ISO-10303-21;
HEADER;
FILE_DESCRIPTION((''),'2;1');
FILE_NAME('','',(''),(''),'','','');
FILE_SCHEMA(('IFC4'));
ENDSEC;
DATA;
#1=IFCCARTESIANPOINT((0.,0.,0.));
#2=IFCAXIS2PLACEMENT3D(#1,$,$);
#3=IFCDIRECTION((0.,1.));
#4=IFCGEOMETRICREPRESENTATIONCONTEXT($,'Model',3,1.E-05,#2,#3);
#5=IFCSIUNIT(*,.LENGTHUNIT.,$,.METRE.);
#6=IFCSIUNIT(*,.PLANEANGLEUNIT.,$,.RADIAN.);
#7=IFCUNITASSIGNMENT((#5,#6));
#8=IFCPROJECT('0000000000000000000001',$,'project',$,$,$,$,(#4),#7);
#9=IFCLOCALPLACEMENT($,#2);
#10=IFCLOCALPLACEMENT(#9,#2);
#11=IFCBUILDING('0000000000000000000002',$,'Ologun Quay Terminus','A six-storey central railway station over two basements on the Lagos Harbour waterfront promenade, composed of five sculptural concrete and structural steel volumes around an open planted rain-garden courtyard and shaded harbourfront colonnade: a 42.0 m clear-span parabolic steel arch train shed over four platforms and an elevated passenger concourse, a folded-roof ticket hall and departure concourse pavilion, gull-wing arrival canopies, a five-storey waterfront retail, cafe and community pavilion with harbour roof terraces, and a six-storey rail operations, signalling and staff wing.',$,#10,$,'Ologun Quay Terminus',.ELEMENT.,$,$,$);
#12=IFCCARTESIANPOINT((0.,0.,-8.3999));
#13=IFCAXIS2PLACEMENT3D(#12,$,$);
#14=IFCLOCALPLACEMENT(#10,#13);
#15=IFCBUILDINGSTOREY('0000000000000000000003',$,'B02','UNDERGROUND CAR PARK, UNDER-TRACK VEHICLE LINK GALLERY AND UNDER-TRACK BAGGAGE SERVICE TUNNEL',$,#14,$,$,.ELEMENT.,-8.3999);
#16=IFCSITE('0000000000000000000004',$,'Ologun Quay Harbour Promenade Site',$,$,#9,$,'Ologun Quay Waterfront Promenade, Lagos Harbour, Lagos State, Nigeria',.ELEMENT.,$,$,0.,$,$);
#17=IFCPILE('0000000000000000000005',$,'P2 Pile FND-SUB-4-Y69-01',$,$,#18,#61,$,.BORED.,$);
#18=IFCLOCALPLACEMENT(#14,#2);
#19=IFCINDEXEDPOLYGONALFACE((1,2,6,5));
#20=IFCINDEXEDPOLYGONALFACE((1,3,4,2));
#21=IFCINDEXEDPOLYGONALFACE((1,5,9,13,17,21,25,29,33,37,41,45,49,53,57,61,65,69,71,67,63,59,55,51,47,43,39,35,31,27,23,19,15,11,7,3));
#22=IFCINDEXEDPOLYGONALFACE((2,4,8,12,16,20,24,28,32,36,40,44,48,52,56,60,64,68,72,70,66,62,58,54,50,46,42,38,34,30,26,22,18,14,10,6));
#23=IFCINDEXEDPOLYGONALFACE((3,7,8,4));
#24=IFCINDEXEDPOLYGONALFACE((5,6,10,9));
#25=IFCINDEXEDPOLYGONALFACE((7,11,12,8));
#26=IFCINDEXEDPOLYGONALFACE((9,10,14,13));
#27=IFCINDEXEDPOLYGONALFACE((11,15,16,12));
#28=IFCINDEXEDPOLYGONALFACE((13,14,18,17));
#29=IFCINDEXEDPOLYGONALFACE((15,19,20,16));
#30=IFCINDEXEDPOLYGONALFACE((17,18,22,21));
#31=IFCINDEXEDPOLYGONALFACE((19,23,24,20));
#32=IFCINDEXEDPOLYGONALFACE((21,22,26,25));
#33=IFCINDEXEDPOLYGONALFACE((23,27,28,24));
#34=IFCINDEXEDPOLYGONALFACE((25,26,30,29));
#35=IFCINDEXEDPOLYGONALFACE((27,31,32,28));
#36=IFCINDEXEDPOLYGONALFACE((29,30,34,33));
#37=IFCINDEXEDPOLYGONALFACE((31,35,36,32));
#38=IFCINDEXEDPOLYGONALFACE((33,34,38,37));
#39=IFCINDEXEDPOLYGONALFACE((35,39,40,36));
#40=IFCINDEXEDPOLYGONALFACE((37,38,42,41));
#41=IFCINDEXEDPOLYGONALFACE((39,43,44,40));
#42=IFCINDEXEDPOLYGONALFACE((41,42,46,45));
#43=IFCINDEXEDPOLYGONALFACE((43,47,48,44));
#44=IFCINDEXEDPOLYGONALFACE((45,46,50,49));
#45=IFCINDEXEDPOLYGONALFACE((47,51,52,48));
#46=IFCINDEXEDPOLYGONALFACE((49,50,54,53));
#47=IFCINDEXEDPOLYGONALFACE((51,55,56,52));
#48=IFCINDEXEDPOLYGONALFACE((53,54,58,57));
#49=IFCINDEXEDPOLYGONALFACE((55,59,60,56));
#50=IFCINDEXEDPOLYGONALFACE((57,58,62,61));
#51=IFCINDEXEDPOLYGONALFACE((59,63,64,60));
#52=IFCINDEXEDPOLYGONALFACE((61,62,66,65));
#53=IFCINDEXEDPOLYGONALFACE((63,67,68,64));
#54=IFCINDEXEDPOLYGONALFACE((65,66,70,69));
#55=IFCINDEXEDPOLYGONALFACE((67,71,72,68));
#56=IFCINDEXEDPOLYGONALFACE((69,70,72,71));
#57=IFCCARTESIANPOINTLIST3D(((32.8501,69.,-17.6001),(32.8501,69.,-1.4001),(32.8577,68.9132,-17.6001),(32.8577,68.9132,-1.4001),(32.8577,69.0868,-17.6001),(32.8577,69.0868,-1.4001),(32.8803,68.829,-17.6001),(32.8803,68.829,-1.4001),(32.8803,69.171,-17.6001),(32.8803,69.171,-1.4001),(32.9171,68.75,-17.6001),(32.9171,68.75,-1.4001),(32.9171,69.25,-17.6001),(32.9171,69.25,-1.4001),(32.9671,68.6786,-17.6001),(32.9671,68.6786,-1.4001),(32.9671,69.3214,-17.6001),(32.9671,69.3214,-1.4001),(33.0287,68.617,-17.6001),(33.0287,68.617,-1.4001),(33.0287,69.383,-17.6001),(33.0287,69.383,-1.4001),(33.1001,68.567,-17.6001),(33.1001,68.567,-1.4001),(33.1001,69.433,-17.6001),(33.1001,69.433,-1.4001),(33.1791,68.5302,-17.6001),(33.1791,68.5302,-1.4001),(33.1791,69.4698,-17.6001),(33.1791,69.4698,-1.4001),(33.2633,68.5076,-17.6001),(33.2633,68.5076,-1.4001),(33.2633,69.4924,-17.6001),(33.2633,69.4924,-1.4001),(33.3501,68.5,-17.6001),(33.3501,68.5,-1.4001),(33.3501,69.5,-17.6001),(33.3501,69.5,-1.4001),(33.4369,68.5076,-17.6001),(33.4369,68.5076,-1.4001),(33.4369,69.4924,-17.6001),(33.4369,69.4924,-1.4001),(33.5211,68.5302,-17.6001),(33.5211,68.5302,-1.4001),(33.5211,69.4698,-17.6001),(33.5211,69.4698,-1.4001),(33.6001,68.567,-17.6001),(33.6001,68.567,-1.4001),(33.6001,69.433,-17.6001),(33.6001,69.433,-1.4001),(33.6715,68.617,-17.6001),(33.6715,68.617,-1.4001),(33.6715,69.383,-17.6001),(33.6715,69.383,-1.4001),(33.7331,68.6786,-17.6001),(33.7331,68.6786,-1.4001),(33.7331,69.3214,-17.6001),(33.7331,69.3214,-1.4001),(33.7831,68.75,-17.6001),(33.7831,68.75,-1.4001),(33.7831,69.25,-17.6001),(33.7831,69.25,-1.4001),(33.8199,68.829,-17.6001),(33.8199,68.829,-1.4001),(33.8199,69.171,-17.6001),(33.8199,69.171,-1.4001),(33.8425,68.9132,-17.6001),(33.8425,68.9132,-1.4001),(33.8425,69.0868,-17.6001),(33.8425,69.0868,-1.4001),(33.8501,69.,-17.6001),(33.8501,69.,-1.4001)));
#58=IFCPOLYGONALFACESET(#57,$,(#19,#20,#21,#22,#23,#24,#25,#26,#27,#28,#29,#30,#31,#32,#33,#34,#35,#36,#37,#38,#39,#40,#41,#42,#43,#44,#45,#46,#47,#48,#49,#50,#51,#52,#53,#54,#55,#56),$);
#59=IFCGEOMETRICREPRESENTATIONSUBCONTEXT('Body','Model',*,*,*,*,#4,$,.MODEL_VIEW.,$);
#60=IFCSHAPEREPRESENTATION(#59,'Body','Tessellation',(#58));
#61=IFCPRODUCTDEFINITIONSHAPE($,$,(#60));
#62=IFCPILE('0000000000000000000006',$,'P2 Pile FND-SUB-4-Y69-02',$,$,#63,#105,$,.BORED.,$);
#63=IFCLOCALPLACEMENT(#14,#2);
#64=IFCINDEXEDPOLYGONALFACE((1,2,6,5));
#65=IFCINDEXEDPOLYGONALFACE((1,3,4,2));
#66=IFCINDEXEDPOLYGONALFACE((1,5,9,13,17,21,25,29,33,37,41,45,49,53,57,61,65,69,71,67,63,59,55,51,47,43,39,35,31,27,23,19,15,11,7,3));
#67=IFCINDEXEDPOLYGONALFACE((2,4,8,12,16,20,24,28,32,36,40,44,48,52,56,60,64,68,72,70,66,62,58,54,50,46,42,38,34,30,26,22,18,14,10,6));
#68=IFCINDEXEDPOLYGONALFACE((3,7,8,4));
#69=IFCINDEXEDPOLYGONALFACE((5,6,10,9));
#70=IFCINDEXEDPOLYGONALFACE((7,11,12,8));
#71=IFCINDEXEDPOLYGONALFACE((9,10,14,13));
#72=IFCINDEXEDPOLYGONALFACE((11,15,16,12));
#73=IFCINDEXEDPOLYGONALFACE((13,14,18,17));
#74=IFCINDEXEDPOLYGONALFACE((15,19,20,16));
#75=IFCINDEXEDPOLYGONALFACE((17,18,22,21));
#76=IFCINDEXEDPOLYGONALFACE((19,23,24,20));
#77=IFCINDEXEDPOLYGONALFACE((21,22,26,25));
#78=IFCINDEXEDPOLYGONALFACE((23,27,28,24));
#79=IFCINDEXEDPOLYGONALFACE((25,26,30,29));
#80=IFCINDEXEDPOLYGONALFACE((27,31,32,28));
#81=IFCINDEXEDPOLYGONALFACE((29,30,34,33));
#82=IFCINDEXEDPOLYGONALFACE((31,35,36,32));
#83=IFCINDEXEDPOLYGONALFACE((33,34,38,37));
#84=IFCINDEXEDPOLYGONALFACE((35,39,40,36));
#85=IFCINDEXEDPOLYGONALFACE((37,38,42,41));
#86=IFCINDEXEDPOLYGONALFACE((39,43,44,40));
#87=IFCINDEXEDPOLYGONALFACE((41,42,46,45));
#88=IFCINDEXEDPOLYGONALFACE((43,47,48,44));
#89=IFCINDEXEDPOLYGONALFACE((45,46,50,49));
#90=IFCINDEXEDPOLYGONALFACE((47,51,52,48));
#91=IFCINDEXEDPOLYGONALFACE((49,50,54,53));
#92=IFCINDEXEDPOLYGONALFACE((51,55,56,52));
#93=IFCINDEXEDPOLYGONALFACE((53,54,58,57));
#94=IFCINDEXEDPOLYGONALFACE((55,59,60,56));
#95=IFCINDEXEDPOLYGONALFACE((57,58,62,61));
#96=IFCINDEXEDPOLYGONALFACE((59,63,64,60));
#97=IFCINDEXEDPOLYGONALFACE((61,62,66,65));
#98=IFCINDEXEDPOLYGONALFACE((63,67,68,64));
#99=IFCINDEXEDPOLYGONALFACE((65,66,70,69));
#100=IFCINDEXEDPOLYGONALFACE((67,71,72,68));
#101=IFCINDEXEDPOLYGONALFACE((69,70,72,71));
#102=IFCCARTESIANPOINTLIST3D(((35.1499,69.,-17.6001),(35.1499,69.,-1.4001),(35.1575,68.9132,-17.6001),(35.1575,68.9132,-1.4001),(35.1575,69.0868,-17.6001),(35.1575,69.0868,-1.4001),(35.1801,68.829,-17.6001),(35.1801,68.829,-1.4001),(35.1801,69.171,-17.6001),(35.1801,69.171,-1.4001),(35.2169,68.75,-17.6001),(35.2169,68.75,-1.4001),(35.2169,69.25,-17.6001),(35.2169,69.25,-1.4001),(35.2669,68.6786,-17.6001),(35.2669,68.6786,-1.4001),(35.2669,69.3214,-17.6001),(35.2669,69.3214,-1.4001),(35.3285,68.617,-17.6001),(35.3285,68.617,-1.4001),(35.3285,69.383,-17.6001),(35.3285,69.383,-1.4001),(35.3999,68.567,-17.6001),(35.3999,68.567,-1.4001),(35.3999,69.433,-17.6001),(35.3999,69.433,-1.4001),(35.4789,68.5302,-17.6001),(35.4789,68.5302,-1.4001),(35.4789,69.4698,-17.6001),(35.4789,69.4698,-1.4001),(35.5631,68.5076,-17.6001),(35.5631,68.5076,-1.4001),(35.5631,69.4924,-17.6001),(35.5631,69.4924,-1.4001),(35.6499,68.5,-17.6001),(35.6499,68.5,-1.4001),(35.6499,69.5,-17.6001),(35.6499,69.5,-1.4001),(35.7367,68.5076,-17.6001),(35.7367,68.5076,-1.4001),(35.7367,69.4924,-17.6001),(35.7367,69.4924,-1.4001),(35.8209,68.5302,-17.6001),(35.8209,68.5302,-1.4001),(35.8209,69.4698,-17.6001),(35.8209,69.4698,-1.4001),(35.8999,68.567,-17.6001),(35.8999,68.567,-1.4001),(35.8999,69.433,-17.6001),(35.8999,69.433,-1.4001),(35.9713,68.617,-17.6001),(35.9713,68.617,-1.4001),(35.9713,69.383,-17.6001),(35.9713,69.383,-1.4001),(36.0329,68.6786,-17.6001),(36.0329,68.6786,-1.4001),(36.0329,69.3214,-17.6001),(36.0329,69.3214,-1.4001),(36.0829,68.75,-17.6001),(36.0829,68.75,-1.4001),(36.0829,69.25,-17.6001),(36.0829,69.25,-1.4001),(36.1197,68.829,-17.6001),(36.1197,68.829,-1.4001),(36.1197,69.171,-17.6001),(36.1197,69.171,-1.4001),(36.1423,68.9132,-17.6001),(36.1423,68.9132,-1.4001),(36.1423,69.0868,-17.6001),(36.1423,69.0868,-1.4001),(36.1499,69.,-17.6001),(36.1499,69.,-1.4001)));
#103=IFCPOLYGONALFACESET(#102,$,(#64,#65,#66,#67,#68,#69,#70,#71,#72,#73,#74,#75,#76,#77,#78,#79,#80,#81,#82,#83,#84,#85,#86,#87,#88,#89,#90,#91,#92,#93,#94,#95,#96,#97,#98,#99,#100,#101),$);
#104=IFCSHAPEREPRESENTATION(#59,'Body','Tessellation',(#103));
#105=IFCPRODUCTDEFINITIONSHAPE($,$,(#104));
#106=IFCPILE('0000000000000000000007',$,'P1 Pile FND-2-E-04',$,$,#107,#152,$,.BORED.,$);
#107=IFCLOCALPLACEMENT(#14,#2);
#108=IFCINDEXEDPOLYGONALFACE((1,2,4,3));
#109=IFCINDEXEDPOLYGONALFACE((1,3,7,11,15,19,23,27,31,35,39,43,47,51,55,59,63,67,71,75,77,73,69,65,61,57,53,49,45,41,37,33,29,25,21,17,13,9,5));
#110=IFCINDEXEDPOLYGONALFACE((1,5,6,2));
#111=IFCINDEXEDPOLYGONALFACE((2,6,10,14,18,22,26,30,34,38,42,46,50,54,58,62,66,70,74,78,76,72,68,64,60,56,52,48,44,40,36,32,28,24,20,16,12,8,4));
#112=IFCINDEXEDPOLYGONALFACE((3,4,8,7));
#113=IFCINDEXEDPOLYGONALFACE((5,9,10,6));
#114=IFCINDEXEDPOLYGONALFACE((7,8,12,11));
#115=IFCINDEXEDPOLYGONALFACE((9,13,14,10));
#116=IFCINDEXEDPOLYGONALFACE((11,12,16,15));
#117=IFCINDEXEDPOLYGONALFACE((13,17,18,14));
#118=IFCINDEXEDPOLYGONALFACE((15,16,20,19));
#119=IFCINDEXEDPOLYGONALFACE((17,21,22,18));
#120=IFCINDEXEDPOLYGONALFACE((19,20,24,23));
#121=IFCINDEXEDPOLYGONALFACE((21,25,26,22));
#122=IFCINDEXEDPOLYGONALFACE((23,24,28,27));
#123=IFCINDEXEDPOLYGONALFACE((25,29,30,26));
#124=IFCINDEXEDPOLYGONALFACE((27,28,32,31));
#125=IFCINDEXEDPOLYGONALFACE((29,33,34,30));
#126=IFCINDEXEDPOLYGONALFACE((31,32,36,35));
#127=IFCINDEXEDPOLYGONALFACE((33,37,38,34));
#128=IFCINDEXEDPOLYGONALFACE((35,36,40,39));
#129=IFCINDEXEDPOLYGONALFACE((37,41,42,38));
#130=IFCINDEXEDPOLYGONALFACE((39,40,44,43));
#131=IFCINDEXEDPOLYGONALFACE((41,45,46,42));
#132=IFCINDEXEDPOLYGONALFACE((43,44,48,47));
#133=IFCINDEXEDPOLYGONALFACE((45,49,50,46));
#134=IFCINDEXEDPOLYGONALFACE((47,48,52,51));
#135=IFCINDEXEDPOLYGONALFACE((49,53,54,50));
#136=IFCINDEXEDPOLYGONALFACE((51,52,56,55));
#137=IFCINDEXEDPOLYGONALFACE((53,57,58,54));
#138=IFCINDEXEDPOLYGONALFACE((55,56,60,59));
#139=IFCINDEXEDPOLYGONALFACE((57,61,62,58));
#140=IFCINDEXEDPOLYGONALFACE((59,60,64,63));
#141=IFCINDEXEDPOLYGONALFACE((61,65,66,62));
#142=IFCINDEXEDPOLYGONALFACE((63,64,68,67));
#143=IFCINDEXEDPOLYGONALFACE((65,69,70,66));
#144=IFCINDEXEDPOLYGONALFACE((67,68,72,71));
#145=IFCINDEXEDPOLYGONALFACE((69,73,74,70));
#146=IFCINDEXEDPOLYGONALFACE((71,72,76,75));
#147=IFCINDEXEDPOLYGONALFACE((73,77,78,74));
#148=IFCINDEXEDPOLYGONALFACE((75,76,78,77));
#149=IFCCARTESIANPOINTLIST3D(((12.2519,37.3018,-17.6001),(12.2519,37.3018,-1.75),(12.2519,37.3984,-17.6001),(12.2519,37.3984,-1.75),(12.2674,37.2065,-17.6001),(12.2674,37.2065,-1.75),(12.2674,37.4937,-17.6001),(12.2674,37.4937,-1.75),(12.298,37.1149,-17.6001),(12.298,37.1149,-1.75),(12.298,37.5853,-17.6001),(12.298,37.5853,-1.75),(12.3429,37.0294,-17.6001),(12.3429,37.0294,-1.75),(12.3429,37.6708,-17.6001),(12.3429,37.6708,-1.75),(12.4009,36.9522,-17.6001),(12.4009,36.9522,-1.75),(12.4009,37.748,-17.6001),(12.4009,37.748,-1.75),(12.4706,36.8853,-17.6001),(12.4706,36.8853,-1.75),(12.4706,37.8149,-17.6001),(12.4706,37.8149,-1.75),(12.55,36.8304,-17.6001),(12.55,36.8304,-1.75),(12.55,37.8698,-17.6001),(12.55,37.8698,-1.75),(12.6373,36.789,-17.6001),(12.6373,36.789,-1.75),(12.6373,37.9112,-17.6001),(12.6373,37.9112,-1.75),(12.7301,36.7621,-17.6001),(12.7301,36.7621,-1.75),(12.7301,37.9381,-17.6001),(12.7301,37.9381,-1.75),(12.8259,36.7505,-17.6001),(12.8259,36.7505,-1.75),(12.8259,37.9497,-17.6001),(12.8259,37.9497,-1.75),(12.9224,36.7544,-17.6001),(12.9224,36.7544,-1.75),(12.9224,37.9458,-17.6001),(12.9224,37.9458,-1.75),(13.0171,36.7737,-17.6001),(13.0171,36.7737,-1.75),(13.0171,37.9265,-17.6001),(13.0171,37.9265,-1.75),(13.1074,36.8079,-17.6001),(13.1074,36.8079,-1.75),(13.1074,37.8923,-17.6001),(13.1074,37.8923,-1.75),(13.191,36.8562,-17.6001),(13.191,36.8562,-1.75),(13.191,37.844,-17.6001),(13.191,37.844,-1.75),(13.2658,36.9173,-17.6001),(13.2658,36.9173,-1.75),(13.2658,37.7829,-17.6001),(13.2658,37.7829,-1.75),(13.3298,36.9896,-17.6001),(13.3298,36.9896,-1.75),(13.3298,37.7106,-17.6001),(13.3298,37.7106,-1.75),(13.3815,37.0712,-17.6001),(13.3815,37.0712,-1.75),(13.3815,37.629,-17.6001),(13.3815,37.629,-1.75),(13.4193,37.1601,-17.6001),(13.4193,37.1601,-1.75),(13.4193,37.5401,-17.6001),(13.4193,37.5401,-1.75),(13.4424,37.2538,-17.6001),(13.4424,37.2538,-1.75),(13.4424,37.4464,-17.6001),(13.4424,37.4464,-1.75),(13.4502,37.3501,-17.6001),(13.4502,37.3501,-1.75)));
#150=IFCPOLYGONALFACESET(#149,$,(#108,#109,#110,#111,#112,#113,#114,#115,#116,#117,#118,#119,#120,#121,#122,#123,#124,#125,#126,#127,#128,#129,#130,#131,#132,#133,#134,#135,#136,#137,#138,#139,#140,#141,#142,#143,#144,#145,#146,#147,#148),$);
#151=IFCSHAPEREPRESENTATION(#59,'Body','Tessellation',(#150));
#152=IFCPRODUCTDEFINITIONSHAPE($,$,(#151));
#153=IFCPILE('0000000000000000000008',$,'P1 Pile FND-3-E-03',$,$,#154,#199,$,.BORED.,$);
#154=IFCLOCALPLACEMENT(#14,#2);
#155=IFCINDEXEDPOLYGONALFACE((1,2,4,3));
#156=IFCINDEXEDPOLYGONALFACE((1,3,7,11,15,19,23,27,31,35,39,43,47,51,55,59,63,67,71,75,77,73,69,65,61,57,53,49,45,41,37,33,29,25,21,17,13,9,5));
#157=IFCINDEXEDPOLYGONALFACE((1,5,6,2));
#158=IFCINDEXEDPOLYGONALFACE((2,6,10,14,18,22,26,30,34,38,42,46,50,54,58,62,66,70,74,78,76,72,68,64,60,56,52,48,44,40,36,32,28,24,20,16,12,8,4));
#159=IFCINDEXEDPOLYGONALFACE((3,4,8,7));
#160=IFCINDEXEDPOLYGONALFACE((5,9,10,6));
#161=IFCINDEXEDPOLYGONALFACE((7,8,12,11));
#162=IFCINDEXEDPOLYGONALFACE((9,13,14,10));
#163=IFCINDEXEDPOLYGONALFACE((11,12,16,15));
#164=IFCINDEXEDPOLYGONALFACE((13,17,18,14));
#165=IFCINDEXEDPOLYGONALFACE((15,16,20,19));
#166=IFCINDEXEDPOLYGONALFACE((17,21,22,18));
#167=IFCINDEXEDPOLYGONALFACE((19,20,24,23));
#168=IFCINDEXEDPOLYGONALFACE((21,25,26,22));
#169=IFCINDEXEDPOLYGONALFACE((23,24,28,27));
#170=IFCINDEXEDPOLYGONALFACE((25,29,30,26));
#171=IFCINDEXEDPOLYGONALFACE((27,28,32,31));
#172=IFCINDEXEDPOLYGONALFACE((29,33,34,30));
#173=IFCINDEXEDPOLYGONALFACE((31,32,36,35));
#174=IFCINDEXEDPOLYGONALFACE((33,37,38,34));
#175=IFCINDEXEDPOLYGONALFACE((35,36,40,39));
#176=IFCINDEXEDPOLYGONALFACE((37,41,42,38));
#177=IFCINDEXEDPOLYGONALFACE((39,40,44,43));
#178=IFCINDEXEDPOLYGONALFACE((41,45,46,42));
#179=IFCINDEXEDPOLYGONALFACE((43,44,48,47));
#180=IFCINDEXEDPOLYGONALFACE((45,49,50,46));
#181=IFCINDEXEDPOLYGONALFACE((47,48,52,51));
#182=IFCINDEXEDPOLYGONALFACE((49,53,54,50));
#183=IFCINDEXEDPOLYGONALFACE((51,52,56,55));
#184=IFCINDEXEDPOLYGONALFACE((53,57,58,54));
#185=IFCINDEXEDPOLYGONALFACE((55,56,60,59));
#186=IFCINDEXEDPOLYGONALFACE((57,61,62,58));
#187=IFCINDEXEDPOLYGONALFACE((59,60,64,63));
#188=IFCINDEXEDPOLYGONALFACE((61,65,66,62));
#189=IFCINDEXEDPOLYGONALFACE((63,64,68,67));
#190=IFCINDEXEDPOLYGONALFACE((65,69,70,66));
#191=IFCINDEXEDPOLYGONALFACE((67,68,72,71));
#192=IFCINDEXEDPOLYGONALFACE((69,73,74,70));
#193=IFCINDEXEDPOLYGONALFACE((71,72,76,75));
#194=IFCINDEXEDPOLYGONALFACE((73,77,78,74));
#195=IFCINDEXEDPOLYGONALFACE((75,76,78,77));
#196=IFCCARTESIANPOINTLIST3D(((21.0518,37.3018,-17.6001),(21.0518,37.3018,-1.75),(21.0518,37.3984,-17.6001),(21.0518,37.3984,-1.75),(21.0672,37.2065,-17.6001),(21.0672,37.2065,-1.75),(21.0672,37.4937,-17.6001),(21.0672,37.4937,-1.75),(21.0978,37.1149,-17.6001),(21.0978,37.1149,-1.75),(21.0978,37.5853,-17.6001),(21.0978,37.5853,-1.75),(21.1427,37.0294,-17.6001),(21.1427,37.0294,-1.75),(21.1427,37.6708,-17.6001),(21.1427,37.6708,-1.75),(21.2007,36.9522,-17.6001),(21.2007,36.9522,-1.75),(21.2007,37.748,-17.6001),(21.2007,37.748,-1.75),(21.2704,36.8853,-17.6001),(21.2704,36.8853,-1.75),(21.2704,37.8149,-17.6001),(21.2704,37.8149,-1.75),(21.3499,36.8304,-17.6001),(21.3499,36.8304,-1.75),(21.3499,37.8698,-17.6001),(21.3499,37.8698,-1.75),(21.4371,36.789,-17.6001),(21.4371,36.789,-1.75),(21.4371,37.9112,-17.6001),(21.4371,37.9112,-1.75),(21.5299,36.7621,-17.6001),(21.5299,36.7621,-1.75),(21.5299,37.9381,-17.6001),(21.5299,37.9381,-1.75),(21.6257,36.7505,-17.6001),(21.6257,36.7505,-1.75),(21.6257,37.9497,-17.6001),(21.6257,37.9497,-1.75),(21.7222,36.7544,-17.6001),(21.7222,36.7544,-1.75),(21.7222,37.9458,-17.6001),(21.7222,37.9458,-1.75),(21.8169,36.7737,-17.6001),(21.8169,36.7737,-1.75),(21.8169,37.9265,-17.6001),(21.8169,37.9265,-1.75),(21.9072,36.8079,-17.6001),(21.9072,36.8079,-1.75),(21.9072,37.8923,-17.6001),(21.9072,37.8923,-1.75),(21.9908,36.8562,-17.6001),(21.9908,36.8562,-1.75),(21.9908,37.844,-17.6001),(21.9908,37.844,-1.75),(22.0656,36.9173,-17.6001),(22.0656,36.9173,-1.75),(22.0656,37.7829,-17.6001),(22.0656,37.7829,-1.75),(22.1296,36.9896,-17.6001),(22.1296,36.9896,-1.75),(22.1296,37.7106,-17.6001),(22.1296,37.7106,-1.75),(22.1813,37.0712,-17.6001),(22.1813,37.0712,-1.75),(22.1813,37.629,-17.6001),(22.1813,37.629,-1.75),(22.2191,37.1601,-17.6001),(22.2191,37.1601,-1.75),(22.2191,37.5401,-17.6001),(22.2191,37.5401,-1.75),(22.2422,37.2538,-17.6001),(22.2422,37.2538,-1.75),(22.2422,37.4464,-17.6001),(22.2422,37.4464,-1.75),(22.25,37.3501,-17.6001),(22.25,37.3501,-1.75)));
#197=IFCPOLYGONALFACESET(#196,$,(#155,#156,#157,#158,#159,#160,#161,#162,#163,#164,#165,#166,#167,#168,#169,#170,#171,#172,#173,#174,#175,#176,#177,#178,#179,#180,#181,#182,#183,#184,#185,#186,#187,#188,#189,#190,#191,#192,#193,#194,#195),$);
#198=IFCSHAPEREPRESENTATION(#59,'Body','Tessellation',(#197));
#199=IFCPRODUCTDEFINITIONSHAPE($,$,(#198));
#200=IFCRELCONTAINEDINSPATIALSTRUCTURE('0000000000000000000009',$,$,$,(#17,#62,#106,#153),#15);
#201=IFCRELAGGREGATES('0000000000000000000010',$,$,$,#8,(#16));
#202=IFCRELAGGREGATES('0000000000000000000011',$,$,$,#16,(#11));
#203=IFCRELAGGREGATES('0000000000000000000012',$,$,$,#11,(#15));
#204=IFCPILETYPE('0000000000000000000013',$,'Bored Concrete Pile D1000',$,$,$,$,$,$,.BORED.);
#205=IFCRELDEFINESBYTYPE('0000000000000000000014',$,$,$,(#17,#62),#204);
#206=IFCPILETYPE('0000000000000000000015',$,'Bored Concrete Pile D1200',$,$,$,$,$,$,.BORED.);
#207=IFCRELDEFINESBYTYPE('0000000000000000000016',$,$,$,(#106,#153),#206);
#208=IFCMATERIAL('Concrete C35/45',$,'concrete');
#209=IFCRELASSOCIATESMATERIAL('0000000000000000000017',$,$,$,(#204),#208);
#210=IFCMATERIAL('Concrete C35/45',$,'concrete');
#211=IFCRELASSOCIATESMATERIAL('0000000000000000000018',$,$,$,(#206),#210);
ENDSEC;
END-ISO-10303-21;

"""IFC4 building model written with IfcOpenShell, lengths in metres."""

from ifc_helpers import new_model, si_unit, direction, frame, origin, origin_2d, place, context, subcontext, project, spatial, circle, extrude, material, material_profile, profile_set, type_object, element, save


model = new_model("IFC4")

# Units and contexts
model_context = context("Model", 3, precision=1e-05, world=origin(), true_north=direction((0.0, 1.0)))
body_context = subcontext(model_context, "Body", "Model", "MODEL_VIEW")
ifc_project = project(units=[si_unit("LENGTHUNIT", "METRE"), si_unit("PLANEANGLEUNIT", "RADIAN")], contexts=[model_context])

# Site, building, storey
site_placement = place(None, origin())
site = spatial("IfcSite", under=ifc_project, at=site_placement, Name="Ologun Quay Harbour Promenade Site", LongName="Ologun Quay Waterfront Promenade, Lagos Harbour, Lagos State, Nigeria", CompositionType="ELEMENT", RefElevation=0.0)
building_placement = place(site_placement, origin())
building = spatial("IfcBuilding", under=site, at=building_placement, Name="Ologun Quay Terminus", Description="A six-storey central railway station over two basements on the Lagos Harbour waterfront promenade, composed of five sculptural concrete and structural steel volumes around an open planted rain-garden courtyard and shaded harbourfront colonnade: a 42.0 m clear-span parabolic steel arch train shed over four platforms and an elevated passenger concourse, a folded-roof ticket hall and departure concourse pavilion, gull-wing arrival canopies, a five-storey waterfront retail, cafe and community pavilion with harbour roof terraces, and a six-storey rail operations, signalling and staff wing.", LongName="Ologun Quay Terminus", CompositionType="ELEMENT")
storey_placement = place(building_placement, frame((0.0, 0.0, -8.3999)))
storey = spatial("IfcBuildingStorey", under=building, at=storey_placement, Name="B02", Description="UNDERGROUND CAR PARK, UNDER-TRACK VEHICLE LINK GALLERY AND UNDER-TRACK BAGGAGE SERVICE TUNNEL", CompositionType="ELEMENT", Elevation=-8.3999)

# Piles
ifc_material_1 = material(Name="Concrete C35/45", Category="concrete")
ifc_material_profile_1 = material_profile(ifc_material_1, circle(Radius=0.5, at=origin_2d()), Name="PILE D1000")
ifc_profile_set_1 = profile_set([ifc_material_profile_1], Name="Concrete C35/45")
pile_type_1 = type_object("IfcPileType", Name="Bored Concrete Pile D1000", PredefinedType="BORED", material=ifc_profile_set_1)
for number, where, z_axis, x_axis, name in (
    (1, (33.3501, 69.0, -1.4001), (0.0, 0.0, -1.0), (1.0, 0.0, 0.0), "P2 Pile FND-SUB-4-Y69-01"),
    (2, (35.6499, 69.0, -1.4001), (0.0, 0.0, -1.0), (1.0, 0.0, 0.0), "P2 Pile FND-SUB-4-Y69-02"),
):
    element("IfcPile", number, at=place(storey_placement, frame(where, z_axis=z_axis, x_axis=x_axis)), inside=storey, type_object=pile_type_1, Name=name, PredefinedType="BORED", context=body_context, shape_type="SweptSolid", body=[
        extrude(circle(Radius=0.5, at=origin_2d()), origin(), (0.0, 0.0, 1.0), 16.2),
    ])
ifc_material_2 = material(Name="Concrete C35/45", Category="concrete")
ifc_material_profile_2 = material_profile(ifc_material_2, circle(Radius=0.6001, at=origin_2d()), Name="PILE D1200")
ifc_profile_set_2 = profile_set([ifc_material_profile_2], Name="Concrete C35/45")
pile_type_2 = type_object("IfcPileType", Name="Bored Concrete Pile D1200", PredefinedType="BORED", material=ifc_profile_set_2)
for number, where, z_axis, x_axis, name in (
    (3, (12.8501, 37.3501, -1.75), (0.0, 0.0, -1.0), (1.0, 0.0, 0.0), "P1 Pile FND-2-E-04"),
    (4, (21.6499, 37.3501, -1.75), (0.0, 0.0, -1.0), (1.0, 0.0, 0.0), "P1 Pile FND-3-E-03"),
):
    element("IfcPile", number, at=place(storey_placement, frame(where, z_axis=z_axis, x_axis=x_axis)), inside=storey, type_object=pile_type_2, Name=name, PredefinedType="BORED", context=body_context, shape_type="SweptSolid", body=[
        extrude(circle(Radius=0.6001, at=origin_2d()), origin(), (0.0, 0.0, 1.0), 15.8501),
    ])

save(model, "model.ifc")
